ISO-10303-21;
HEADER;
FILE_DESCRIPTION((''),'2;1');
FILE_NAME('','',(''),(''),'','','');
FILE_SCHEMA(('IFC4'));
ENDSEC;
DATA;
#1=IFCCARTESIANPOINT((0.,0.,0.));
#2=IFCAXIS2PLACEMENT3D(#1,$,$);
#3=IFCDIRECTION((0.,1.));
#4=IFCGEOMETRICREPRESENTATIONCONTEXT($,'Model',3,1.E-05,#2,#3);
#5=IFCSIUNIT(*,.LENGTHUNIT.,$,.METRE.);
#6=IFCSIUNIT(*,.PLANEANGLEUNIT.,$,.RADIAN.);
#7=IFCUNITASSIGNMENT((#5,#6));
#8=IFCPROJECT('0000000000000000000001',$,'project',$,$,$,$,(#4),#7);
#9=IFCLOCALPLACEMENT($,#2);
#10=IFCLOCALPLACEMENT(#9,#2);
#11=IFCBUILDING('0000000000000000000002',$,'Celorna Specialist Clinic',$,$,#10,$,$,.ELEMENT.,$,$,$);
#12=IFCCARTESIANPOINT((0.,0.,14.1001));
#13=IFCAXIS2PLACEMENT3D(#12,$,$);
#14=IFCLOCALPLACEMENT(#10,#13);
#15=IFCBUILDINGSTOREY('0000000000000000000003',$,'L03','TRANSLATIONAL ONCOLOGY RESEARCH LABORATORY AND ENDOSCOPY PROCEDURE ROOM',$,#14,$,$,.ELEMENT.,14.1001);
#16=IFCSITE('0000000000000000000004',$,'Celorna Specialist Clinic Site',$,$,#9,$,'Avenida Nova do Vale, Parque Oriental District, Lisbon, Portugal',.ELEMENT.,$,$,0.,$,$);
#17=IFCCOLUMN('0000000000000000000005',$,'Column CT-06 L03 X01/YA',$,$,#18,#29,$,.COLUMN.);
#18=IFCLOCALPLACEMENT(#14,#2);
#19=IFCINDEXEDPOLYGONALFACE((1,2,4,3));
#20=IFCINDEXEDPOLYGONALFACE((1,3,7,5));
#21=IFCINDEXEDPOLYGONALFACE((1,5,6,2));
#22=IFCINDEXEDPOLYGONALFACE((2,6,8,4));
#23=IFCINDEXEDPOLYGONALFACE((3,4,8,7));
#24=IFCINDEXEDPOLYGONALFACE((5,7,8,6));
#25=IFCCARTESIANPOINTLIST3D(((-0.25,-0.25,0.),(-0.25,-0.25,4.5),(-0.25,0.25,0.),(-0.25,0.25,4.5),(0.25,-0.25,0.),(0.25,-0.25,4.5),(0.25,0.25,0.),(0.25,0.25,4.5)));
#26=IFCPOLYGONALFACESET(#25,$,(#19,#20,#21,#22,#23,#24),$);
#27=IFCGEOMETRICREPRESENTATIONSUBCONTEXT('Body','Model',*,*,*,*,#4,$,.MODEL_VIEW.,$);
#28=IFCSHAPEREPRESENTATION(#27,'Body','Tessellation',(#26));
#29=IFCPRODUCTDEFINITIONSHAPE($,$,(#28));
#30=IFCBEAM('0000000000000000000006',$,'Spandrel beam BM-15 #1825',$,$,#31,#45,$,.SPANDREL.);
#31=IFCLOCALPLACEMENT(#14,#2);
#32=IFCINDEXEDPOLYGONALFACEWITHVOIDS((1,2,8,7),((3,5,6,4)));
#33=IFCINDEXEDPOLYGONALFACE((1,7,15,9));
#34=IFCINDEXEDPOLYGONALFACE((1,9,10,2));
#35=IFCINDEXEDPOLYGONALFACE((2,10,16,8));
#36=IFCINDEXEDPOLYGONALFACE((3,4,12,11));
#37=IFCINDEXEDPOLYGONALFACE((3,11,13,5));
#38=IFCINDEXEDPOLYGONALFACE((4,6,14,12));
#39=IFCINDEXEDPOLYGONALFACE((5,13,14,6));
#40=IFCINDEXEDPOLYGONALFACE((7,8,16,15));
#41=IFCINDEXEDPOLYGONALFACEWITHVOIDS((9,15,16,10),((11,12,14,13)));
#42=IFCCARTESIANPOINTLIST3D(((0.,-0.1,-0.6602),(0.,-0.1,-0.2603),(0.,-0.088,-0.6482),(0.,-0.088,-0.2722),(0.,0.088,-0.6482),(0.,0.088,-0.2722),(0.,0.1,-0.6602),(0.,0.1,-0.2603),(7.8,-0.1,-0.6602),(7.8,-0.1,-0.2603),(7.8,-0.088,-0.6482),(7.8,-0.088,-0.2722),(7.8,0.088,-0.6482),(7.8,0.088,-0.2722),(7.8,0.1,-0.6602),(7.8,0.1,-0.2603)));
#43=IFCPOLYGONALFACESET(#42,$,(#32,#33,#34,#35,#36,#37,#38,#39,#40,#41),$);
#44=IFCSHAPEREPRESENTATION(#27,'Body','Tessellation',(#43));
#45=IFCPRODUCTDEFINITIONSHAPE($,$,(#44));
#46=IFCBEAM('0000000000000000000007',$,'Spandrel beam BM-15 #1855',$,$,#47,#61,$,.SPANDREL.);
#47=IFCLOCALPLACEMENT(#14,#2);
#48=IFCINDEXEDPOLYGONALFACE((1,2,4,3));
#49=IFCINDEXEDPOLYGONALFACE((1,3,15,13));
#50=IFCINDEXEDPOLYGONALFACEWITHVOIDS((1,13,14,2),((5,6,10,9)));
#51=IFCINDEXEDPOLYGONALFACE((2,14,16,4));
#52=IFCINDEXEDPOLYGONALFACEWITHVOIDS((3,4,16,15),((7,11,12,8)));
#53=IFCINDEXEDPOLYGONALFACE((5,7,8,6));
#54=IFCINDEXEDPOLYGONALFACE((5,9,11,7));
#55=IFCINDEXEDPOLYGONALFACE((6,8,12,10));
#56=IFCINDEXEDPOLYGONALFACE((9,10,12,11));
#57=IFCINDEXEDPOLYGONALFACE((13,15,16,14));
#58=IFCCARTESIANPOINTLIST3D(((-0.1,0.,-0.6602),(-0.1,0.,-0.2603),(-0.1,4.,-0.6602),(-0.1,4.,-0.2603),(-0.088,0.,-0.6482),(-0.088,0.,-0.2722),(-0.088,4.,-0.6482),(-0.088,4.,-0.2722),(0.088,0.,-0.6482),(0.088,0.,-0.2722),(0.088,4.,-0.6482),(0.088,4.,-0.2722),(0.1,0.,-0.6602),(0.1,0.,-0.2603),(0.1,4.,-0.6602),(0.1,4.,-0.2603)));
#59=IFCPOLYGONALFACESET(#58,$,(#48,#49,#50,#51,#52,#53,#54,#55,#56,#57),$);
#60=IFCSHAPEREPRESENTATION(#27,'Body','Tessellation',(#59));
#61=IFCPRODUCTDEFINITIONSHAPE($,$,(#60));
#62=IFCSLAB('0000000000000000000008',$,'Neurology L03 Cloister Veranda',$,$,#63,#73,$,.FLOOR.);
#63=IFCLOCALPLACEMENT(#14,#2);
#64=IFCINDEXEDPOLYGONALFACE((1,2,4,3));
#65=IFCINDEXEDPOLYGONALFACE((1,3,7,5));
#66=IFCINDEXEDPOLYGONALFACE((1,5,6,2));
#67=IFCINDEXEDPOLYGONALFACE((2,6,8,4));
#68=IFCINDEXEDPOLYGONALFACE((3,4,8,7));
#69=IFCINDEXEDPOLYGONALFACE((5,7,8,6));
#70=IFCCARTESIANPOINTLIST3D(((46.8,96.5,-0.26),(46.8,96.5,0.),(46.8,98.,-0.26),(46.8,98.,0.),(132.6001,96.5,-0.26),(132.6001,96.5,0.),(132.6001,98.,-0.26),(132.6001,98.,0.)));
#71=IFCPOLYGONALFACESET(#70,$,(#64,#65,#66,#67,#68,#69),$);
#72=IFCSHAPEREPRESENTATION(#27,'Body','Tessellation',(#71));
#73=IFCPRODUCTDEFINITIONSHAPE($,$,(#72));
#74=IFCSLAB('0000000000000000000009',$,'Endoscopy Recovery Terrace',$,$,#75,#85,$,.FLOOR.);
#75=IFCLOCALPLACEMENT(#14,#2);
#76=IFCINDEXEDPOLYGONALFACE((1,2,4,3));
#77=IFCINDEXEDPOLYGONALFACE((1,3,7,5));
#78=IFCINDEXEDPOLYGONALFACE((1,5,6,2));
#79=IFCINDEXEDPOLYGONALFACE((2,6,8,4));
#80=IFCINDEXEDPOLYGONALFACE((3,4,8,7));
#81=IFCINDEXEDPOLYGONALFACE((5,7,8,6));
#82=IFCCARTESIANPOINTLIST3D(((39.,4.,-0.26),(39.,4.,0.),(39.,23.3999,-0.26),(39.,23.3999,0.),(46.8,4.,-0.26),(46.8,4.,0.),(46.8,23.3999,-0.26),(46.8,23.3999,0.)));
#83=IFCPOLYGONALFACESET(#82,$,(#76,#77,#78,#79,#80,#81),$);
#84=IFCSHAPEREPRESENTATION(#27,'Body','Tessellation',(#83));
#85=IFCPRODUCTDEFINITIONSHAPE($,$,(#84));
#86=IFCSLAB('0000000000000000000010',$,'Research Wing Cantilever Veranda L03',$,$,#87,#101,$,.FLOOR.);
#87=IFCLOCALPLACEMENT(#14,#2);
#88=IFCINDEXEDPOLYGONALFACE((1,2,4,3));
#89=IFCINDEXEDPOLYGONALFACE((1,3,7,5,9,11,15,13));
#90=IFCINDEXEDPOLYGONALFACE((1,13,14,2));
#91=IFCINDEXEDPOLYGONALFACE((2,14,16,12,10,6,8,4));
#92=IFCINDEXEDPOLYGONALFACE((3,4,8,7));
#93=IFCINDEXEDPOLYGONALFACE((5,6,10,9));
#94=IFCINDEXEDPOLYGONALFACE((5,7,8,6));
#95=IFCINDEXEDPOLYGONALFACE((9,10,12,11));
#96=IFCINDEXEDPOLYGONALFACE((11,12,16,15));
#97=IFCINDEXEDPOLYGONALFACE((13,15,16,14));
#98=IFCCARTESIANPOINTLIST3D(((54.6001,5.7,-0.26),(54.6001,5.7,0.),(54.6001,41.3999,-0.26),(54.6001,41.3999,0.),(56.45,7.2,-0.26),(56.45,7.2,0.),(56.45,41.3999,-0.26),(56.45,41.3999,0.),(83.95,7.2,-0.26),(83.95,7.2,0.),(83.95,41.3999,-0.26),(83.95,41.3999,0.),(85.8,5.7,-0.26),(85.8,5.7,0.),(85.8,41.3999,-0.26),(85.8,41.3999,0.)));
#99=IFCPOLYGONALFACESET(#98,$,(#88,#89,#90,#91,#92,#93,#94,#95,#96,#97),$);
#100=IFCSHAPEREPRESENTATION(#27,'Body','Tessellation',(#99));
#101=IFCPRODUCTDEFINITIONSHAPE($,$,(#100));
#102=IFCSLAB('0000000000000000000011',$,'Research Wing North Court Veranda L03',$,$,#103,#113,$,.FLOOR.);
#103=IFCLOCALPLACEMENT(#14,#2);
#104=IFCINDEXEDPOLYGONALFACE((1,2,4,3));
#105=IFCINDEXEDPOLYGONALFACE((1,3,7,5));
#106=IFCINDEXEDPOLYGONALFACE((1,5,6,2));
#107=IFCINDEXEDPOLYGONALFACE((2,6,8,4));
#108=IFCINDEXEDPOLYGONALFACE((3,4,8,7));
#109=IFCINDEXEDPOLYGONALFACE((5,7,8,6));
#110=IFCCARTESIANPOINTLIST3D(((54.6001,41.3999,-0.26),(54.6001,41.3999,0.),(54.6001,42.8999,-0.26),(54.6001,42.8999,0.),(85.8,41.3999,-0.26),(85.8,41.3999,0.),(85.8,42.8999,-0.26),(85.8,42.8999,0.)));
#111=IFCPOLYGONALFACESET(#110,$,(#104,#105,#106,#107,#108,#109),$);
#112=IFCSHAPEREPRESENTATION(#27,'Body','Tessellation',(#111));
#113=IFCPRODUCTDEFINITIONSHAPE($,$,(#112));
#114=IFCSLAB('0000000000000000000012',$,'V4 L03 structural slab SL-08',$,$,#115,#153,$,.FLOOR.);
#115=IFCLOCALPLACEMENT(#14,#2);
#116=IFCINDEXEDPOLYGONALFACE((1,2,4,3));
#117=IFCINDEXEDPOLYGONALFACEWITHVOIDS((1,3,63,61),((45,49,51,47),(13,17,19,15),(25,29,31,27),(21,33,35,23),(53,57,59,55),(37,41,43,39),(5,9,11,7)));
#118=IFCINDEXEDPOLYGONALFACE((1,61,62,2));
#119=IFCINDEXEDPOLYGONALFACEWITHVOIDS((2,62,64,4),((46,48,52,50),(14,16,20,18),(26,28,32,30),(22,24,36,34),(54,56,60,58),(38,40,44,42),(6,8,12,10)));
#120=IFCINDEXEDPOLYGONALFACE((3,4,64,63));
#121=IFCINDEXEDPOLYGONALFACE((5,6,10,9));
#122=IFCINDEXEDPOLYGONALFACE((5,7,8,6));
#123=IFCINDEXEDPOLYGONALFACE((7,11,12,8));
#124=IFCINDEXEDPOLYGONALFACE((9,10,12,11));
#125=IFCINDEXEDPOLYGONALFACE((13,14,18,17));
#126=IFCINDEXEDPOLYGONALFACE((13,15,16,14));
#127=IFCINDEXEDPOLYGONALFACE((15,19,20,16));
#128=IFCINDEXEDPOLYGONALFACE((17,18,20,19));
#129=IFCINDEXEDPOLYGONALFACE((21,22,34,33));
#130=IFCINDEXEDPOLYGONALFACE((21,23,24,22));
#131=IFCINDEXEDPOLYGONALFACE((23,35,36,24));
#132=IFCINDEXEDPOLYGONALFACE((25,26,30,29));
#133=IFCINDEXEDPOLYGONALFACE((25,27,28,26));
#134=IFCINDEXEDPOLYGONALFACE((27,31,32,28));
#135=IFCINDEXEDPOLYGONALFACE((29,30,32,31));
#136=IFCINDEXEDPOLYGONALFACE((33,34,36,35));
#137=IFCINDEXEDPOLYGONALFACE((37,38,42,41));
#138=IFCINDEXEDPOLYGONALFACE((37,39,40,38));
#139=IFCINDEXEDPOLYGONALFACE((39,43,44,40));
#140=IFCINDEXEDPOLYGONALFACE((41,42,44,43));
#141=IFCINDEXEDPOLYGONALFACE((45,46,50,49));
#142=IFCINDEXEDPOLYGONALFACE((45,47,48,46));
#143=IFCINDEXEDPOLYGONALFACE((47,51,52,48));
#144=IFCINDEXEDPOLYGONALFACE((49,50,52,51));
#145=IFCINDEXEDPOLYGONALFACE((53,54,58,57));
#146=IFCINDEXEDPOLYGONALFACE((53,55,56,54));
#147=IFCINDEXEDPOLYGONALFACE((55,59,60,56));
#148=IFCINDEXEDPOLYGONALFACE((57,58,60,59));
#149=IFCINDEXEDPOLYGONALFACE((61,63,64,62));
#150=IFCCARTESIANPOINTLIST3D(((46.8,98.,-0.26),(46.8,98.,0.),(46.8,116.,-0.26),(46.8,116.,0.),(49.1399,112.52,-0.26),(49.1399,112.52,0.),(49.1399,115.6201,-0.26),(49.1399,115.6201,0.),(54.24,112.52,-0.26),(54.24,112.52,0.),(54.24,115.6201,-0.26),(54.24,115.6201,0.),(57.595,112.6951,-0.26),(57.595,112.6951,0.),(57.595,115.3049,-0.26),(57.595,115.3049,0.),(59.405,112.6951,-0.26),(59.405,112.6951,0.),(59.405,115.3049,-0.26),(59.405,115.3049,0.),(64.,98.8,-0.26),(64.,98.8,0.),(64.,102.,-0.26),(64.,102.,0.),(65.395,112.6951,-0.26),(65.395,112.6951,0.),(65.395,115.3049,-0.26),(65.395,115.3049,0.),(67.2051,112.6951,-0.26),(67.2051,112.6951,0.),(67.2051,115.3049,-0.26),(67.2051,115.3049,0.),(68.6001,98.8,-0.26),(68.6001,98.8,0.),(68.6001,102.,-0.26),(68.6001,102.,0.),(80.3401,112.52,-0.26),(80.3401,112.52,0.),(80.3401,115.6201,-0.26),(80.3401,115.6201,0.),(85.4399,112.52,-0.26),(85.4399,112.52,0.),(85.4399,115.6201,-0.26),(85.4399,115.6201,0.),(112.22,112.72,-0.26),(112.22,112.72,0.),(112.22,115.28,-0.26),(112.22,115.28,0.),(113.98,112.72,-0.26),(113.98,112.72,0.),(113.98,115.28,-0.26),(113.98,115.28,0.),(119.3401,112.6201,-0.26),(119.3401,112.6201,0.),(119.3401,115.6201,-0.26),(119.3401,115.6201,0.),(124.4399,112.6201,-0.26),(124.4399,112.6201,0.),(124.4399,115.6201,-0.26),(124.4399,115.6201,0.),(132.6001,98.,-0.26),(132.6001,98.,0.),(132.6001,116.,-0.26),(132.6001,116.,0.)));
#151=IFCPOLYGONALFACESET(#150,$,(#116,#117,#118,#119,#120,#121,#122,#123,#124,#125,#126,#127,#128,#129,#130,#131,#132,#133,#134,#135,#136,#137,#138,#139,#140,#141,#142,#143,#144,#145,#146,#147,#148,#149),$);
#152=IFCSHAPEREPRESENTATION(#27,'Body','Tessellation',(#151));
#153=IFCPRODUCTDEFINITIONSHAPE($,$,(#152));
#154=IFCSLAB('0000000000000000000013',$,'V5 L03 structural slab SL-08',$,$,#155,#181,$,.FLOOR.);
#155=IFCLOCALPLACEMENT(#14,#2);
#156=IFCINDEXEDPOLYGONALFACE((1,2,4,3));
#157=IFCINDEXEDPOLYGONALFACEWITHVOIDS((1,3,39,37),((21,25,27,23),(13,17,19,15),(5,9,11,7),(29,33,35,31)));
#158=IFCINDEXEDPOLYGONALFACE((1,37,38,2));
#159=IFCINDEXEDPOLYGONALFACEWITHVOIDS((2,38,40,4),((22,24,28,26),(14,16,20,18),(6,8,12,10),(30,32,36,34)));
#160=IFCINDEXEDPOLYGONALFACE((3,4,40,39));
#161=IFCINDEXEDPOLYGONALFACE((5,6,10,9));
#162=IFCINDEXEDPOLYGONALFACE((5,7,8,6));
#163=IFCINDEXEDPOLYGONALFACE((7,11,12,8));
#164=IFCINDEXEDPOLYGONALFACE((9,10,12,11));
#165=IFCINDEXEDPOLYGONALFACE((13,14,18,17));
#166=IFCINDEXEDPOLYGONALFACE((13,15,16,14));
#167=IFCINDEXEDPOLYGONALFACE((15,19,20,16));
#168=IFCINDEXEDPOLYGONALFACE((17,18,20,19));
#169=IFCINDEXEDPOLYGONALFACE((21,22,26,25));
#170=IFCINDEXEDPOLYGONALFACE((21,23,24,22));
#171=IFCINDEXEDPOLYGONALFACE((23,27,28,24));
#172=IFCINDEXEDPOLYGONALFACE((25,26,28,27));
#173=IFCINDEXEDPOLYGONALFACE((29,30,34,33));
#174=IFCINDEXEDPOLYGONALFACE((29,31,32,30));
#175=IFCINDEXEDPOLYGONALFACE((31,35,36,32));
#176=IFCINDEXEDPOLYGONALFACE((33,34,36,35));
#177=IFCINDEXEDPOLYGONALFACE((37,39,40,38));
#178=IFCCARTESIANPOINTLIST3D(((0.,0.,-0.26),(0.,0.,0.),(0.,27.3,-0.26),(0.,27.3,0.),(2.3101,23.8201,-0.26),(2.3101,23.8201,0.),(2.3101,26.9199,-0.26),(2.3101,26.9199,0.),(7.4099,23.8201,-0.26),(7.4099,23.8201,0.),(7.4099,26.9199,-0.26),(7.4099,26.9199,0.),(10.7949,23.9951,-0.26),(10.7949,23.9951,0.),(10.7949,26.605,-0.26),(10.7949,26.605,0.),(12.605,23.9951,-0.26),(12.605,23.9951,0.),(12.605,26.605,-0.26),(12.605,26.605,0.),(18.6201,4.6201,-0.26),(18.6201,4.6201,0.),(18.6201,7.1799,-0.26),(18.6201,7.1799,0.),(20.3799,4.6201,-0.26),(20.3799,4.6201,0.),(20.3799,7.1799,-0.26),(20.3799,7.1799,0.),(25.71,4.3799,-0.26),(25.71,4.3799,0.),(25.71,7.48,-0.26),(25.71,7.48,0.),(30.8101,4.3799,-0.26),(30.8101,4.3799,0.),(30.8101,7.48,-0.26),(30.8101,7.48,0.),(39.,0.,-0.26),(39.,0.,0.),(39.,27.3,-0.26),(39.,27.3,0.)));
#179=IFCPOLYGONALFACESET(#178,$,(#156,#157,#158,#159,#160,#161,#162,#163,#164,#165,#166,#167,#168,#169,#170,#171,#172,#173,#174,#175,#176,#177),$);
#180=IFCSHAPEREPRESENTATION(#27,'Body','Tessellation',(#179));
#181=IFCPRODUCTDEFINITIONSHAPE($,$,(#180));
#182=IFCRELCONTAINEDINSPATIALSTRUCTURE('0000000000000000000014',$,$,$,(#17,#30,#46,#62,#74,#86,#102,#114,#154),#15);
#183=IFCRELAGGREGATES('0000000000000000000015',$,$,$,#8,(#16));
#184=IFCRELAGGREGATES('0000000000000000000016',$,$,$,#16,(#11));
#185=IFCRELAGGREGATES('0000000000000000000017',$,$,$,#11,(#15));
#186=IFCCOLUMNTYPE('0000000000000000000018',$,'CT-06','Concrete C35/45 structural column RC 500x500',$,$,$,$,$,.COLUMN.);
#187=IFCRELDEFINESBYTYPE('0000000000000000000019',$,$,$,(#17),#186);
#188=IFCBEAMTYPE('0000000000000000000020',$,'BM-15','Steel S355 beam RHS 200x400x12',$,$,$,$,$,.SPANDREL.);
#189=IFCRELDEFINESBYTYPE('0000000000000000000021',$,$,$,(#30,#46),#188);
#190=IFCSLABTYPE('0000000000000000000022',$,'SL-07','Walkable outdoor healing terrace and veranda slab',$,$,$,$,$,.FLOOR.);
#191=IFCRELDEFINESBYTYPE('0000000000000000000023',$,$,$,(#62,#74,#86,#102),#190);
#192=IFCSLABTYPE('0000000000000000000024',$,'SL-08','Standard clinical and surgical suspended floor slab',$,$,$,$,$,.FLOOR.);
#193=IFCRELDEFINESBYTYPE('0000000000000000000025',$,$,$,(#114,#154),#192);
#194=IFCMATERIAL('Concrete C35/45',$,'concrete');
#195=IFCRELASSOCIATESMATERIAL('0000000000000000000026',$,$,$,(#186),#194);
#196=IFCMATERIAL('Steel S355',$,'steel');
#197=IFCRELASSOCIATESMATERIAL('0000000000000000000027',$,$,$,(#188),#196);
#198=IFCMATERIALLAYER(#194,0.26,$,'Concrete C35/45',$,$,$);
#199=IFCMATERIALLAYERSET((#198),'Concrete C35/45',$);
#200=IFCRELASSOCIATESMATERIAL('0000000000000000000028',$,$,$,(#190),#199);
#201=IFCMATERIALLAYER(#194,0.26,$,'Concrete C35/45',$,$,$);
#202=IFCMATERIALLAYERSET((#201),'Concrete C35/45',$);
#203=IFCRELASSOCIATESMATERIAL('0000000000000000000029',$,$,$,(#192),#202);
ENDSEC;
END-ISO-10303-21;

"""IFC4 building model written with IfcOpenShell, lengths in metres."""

from ifc_helpers import new_model, si_unit, direction, frame, origin, origin_with_axes, origin_2d, place, context, subcontext, project, spatial, polyline, rectangle, hollow_rectangle, outline, extrude, material, layer, layer_set, material_profile, profile_set, type_object, element, save


model = new_model("IFC4")

# Units and contexts
model_context = context("Model", 3, precision=1e-05, world=origin(), true_north=direction((0.0, 1.0)))
body_context = subcontext(model_context, "Body", "Model", "MODEL_VIEW")
ifc_project = project(units=[si_unit("LENGTHUNIT", "METRE"), si_unit("PLANEANGLEUNIT", "RADIAN")], contexts=[model_context])

# Site, building, storey
site_placement = place(None, origin())
site = spatial("IfcSite", under=ifc_project, at=site_placement, Name="Celorna Specialist Clinic Site", LongName="Avenida Nova do Vale, Parque Oriental District, Lisbon, Portugal", CompositionType="ELEMENT", RefElevation=0.0)
building_placement = place(site_placement, origin())
building = spatial("IfcBuilding", under=site, at=building_placement, Name="Celorna Specialist Clinic", CompositionType="ELEMENT")
storey_placement = place(building_placement, frame((0.0, 0.0, 14.1001)))
storey = spatial("IfcBuildingStorey", under=building, at=storey_placement, Name="L03", Description="TRANSLATIONAL ONCOLOGY RESEARCH LABORATORY AND ENDOSCOPY PROCEDURE ROOM", CompositionType="ELEMENT", Elevation=14.1001)

# Column
ifc_material_1 = material(Name="Concrete C35/45", Category="concrete")
ifc_material_profile_1 = material_profile(ifc_material_1, rectangle(XDim=0.5, YDim=0.5, at=origin_2d()), Name="RC 500x500")
ifc_profile_set_1 = profile_set([ifc_material_profile_1], Name="Concrete C35/45")
column_type = type_object("IfcColumnType", Name="CT-06", Description="Concrete C35/45 structural column RC 500x500", PredefinedType="COLUMN", material=ifc_profile_set_1)
column_placement = place(storey_placement, origin_with_axes())
element("IfcColumn", 1, at=column_placement, inside=storey, type_object=column_type, Name="Column CT-06 L03 X01/YA", PredefinedType="COLUMN", context=body_context, shape_type="SweptSolid", body=[
    extrude(rectangle(XDim=0.5, YDim=0.5, at=origin_2d()), origin(), (0.0, 0.0, 1.0), 4.5),
])

# Beams
ifc_material_2 = material(Name="Steel S355", Category="steel")
ifc_material_profile_2 = material_profile(ifc_material_2, hollow_rectangle(XDim=0.2, YDim=0.3999, WallThickness=0.012, at=origin_2d()), Name="RHS 200x400x12")
ifc_profile_set_2 = profile_set([ifc_material_profile_2], Name="Steel S355")
beam_type = type_object("IfcBeamType", Name="BM-15", Description="Steel S355 beam RHS 200x400x12", PredefinedType="SPANDREL", material=ifc_profile_set_2)
beam_1_placement = place(storey_placement, frame((0.0, 0.0, -0.4602), z_axis=(1.0, 0.0, 0.0), x_axis=(0.0, 1.0, 0.0)))
element("IfcBeam", 2, at=beam_1_placement, inside=storey, type_object=beam_type, Name="Spandrel beam BM-15 #1825", PredefinedType="SPANDREL", context=body_context, shape_type="SweptSolid", body=[
    extrude(hollow_rectangle(XDim=0.2, YDim=0.3999, WallThickness=0.012, at=origin_2d()), origin(), (0.0, 0.0, 1.0), 7.8),
])
beam_2_placement = place(storey_placement, frame((0.0, 0.0, -0.4602), z_axis=(0.0, 1.0, 0.0), x_axis=(-1.0, 0.0, 0.0)))
element("IfcBeam", 3, at=beam_2_placement, inside=storey, type_object=beam_type, Name="Spandrel beam BM-15 #1855", PredefinedType="SPANDREL", context=body_context, shape_type="SweptSolid", body=[
    extrude(hollow_rectangle(XDim=0.2, YDim=0.3999, WallThickness=0.012, at=origin_2d()), origin(), (0.0, 0.0, 1.0), 4.0),
])

# Slabs
ifc_layer_1 = layer(ifc_material_1, 0.26, Name="Concrete C35/45")
ifc_layer_set_1 = layer_set([ifc_layer_1], Name="Concrete C35/45")
slab_type_1 = type_object("IfcSlabType", Name="SL-07", Description="Walkable outdoor healing terrace and veranda slab", PredefinedType="FLOOR", material=ifc_layer_set_1)
slab_1_placement = place(storey_placement, frame((0.0, 0.0, -0.26)))
element("IfcSlab", 4, at=slab_1_placement, inside=storey, type_object=slab_type_1, Name="Neurology L03 Cloister Veranda", PredefinedType="FLOOR", context=body_context, shape_type="SweptSolid", body=[
    extrude(outline(polyline([(46.8, 96.5), (132.6001, 96.5), (132.6001, 98.0), (46.8, 98.0), (46.8, 96.5)])), origin(), (0.0, 0.0, 1.0), 0.26),
])
slab_2_placement = place(storey_placement, frame((0.0, 0.0, -0.26)))
element("IfcSlab", 5, at=slab_2_placement, inside=storey, type_object=slab_type_1, Name="Endoscopy Recovery Terrace", PredefinedType="FLOOR", context=body_context, shape_type="SweptSolid", body=[
    extrude(outline(polyline([(39.0, 4.0), (46.8, 4.0), (46.8, 23.3999), (39.0, 23.3999), (39.0, 4.0)])), origin(), (0.0, 0.0, 1.0), 0.26),
])
slab_3_placement = place(storey_placement, frame((0.0, 0.0, -0.26)))
element("IfcSlab", 6, at=slab_3_placement, inside=storey, type_object=slab_type_1, Name="Research Wing Cantilever Veranda L03", PredefinedType="FLOOR", context=body_context, shape_type="SweptSolid", body=[
    extrude(outline(polyline([(54.6001, 5.7), (85.8, 5.7), (85.8, 41.3999), (83.95, 41.3999), (83.95, 7.2), (56.45, 7.2), (56.45, 41.3999), (54.6001, 41.3999), (54.6001, 5.7)])), origin(), (0.0, 0.0, 1.0), 0.26),
])
slab_4_placement = place(storey_placement, frame((0.0, 0.0, -0.26)))
element("IfcSlab", 7, at=slab_4_placement, inside=storey, type_object=slab_type_1, Name="Research Wing North Court Veranda L03", PredefinedType="FLOOR", context=body_context, shape_type="SweptSolid", body=[
    extrude(outline(polyline([(54.6001, 41.3999), (85.8, 41.3999), (85.8, 42.8999), (54.6001, 42.8999), (54.6001, 41.3999)])), origin(), (0.0, 0.0, 1.0), 0.26),
])
ifc_layer_2 = layer(ifc_material_1, 0.26, Name="Concrete C35/45")
ifc_layer_set_2 = layer_set([ifc_layer_2], Name="Concrete C35/45")
slab_type_2 = type_object("IfcSlabType", Name="SL-08", Description="Standard clinical and surgical suspended floor slab", PredefinedType="FLOOR", material=ifc_layer_set_2)
slab_5_placement = place(storey_placement, frame((0.0, 0.0, -0.26)))
element("IfcSlab", 8, at=slab_5_placement, inside=storey, type_object=slab_type_2, Name="V4 L03 structural slab SL-08", PredefinedType="FLOOR", context=body_context, shape_type="SweptSolid", body=[
    extrude(outline(polyline([(132.6001, 98.0), (132.6001, 116.0), (46.8, 116.0), (46.8, 98.0), (132.6001, 98.0)]), holes=[polyline([(49.1399, 112.52), (54.24, 112.52), (54.24, 115.6201), (49.1399, 115.6201), (49.1399, 112.52)]), polyline([(80.3401, 112.52), (85.4399, 112.52), (85.4399, 115.6201), (80.3401, 115.6201), (80.3401, 112.52)]), polyline([(119.3401, 112.6201), (124.4399, 112.6201), (124.4399, 115.6201), (119.3401, 115.6201), (119.3401, 112.6201)]), polyline([(57.595, 112.6951), (59.405, 112.6951), (59.405, 115.3049), (57.595, 115.3049), (57.595, 112.6951)]), polyline([(65.395, 112.6951), (67.2051, 112.6951), (67.2051, 115.3049), (65.395, 115.3049), (65.395, 112.6951)]), polyline([(112.22, 112.72), (113.98, 112.72), (113.98, 115.28), (112.22, 115.28), (112.22, 112.72)]), polyline([(64.0, 98.8), (68.6001, 98.8), (68.6001, 102.0), (64.0, 102.0), (64.0, 98.8)])]), origin(), (0.0, 0.0, 1.0), 0.26),
])
slab_6_placement = place(storey_placement, frame((0.0, 0.0, -0.26)))
element("IfcSlab", 9, at=slab_6_placement, inside=storey, type_object=slab_type_2, Name="V5 L03 structural slab SL-08", PredefinedType="FLOOR", context=body_context, shape_type="SweptSolid", body=[
    extrude(outline(polyline([(39.0, 0.0), (39.0, 27.3), (0.0, 27.3), (0.0, 0.0), (39.0, 0.0)]), holes=[polyline([(2.3101, 23.8201), (7.4099, 23.8201), (7.4099, 26.9199), (2.3101, 26.9199), (2.3101, 23.8201)]), polyline([(25.71, 4.3799), (30.8101, 4.3799), (30.8101, 7.48), (25.71, 7.48), (25.71, 4.3799)]), polyline([(10.7949, 23.9951), (12.605, 23.9951), (12.605, 26.605), (10.7949, 26.605), (10.7949, 23.9951)]), polyline([(18.6201, 4.6201), (20.3799, 4.6201), (20.3799, 7.1799), (18.6201, 7.1799), (18.6201, 4.6201)])]), origin(), (0.0, 0.0, 1.0), 0.26),
])

save(model, "model.ifc")
